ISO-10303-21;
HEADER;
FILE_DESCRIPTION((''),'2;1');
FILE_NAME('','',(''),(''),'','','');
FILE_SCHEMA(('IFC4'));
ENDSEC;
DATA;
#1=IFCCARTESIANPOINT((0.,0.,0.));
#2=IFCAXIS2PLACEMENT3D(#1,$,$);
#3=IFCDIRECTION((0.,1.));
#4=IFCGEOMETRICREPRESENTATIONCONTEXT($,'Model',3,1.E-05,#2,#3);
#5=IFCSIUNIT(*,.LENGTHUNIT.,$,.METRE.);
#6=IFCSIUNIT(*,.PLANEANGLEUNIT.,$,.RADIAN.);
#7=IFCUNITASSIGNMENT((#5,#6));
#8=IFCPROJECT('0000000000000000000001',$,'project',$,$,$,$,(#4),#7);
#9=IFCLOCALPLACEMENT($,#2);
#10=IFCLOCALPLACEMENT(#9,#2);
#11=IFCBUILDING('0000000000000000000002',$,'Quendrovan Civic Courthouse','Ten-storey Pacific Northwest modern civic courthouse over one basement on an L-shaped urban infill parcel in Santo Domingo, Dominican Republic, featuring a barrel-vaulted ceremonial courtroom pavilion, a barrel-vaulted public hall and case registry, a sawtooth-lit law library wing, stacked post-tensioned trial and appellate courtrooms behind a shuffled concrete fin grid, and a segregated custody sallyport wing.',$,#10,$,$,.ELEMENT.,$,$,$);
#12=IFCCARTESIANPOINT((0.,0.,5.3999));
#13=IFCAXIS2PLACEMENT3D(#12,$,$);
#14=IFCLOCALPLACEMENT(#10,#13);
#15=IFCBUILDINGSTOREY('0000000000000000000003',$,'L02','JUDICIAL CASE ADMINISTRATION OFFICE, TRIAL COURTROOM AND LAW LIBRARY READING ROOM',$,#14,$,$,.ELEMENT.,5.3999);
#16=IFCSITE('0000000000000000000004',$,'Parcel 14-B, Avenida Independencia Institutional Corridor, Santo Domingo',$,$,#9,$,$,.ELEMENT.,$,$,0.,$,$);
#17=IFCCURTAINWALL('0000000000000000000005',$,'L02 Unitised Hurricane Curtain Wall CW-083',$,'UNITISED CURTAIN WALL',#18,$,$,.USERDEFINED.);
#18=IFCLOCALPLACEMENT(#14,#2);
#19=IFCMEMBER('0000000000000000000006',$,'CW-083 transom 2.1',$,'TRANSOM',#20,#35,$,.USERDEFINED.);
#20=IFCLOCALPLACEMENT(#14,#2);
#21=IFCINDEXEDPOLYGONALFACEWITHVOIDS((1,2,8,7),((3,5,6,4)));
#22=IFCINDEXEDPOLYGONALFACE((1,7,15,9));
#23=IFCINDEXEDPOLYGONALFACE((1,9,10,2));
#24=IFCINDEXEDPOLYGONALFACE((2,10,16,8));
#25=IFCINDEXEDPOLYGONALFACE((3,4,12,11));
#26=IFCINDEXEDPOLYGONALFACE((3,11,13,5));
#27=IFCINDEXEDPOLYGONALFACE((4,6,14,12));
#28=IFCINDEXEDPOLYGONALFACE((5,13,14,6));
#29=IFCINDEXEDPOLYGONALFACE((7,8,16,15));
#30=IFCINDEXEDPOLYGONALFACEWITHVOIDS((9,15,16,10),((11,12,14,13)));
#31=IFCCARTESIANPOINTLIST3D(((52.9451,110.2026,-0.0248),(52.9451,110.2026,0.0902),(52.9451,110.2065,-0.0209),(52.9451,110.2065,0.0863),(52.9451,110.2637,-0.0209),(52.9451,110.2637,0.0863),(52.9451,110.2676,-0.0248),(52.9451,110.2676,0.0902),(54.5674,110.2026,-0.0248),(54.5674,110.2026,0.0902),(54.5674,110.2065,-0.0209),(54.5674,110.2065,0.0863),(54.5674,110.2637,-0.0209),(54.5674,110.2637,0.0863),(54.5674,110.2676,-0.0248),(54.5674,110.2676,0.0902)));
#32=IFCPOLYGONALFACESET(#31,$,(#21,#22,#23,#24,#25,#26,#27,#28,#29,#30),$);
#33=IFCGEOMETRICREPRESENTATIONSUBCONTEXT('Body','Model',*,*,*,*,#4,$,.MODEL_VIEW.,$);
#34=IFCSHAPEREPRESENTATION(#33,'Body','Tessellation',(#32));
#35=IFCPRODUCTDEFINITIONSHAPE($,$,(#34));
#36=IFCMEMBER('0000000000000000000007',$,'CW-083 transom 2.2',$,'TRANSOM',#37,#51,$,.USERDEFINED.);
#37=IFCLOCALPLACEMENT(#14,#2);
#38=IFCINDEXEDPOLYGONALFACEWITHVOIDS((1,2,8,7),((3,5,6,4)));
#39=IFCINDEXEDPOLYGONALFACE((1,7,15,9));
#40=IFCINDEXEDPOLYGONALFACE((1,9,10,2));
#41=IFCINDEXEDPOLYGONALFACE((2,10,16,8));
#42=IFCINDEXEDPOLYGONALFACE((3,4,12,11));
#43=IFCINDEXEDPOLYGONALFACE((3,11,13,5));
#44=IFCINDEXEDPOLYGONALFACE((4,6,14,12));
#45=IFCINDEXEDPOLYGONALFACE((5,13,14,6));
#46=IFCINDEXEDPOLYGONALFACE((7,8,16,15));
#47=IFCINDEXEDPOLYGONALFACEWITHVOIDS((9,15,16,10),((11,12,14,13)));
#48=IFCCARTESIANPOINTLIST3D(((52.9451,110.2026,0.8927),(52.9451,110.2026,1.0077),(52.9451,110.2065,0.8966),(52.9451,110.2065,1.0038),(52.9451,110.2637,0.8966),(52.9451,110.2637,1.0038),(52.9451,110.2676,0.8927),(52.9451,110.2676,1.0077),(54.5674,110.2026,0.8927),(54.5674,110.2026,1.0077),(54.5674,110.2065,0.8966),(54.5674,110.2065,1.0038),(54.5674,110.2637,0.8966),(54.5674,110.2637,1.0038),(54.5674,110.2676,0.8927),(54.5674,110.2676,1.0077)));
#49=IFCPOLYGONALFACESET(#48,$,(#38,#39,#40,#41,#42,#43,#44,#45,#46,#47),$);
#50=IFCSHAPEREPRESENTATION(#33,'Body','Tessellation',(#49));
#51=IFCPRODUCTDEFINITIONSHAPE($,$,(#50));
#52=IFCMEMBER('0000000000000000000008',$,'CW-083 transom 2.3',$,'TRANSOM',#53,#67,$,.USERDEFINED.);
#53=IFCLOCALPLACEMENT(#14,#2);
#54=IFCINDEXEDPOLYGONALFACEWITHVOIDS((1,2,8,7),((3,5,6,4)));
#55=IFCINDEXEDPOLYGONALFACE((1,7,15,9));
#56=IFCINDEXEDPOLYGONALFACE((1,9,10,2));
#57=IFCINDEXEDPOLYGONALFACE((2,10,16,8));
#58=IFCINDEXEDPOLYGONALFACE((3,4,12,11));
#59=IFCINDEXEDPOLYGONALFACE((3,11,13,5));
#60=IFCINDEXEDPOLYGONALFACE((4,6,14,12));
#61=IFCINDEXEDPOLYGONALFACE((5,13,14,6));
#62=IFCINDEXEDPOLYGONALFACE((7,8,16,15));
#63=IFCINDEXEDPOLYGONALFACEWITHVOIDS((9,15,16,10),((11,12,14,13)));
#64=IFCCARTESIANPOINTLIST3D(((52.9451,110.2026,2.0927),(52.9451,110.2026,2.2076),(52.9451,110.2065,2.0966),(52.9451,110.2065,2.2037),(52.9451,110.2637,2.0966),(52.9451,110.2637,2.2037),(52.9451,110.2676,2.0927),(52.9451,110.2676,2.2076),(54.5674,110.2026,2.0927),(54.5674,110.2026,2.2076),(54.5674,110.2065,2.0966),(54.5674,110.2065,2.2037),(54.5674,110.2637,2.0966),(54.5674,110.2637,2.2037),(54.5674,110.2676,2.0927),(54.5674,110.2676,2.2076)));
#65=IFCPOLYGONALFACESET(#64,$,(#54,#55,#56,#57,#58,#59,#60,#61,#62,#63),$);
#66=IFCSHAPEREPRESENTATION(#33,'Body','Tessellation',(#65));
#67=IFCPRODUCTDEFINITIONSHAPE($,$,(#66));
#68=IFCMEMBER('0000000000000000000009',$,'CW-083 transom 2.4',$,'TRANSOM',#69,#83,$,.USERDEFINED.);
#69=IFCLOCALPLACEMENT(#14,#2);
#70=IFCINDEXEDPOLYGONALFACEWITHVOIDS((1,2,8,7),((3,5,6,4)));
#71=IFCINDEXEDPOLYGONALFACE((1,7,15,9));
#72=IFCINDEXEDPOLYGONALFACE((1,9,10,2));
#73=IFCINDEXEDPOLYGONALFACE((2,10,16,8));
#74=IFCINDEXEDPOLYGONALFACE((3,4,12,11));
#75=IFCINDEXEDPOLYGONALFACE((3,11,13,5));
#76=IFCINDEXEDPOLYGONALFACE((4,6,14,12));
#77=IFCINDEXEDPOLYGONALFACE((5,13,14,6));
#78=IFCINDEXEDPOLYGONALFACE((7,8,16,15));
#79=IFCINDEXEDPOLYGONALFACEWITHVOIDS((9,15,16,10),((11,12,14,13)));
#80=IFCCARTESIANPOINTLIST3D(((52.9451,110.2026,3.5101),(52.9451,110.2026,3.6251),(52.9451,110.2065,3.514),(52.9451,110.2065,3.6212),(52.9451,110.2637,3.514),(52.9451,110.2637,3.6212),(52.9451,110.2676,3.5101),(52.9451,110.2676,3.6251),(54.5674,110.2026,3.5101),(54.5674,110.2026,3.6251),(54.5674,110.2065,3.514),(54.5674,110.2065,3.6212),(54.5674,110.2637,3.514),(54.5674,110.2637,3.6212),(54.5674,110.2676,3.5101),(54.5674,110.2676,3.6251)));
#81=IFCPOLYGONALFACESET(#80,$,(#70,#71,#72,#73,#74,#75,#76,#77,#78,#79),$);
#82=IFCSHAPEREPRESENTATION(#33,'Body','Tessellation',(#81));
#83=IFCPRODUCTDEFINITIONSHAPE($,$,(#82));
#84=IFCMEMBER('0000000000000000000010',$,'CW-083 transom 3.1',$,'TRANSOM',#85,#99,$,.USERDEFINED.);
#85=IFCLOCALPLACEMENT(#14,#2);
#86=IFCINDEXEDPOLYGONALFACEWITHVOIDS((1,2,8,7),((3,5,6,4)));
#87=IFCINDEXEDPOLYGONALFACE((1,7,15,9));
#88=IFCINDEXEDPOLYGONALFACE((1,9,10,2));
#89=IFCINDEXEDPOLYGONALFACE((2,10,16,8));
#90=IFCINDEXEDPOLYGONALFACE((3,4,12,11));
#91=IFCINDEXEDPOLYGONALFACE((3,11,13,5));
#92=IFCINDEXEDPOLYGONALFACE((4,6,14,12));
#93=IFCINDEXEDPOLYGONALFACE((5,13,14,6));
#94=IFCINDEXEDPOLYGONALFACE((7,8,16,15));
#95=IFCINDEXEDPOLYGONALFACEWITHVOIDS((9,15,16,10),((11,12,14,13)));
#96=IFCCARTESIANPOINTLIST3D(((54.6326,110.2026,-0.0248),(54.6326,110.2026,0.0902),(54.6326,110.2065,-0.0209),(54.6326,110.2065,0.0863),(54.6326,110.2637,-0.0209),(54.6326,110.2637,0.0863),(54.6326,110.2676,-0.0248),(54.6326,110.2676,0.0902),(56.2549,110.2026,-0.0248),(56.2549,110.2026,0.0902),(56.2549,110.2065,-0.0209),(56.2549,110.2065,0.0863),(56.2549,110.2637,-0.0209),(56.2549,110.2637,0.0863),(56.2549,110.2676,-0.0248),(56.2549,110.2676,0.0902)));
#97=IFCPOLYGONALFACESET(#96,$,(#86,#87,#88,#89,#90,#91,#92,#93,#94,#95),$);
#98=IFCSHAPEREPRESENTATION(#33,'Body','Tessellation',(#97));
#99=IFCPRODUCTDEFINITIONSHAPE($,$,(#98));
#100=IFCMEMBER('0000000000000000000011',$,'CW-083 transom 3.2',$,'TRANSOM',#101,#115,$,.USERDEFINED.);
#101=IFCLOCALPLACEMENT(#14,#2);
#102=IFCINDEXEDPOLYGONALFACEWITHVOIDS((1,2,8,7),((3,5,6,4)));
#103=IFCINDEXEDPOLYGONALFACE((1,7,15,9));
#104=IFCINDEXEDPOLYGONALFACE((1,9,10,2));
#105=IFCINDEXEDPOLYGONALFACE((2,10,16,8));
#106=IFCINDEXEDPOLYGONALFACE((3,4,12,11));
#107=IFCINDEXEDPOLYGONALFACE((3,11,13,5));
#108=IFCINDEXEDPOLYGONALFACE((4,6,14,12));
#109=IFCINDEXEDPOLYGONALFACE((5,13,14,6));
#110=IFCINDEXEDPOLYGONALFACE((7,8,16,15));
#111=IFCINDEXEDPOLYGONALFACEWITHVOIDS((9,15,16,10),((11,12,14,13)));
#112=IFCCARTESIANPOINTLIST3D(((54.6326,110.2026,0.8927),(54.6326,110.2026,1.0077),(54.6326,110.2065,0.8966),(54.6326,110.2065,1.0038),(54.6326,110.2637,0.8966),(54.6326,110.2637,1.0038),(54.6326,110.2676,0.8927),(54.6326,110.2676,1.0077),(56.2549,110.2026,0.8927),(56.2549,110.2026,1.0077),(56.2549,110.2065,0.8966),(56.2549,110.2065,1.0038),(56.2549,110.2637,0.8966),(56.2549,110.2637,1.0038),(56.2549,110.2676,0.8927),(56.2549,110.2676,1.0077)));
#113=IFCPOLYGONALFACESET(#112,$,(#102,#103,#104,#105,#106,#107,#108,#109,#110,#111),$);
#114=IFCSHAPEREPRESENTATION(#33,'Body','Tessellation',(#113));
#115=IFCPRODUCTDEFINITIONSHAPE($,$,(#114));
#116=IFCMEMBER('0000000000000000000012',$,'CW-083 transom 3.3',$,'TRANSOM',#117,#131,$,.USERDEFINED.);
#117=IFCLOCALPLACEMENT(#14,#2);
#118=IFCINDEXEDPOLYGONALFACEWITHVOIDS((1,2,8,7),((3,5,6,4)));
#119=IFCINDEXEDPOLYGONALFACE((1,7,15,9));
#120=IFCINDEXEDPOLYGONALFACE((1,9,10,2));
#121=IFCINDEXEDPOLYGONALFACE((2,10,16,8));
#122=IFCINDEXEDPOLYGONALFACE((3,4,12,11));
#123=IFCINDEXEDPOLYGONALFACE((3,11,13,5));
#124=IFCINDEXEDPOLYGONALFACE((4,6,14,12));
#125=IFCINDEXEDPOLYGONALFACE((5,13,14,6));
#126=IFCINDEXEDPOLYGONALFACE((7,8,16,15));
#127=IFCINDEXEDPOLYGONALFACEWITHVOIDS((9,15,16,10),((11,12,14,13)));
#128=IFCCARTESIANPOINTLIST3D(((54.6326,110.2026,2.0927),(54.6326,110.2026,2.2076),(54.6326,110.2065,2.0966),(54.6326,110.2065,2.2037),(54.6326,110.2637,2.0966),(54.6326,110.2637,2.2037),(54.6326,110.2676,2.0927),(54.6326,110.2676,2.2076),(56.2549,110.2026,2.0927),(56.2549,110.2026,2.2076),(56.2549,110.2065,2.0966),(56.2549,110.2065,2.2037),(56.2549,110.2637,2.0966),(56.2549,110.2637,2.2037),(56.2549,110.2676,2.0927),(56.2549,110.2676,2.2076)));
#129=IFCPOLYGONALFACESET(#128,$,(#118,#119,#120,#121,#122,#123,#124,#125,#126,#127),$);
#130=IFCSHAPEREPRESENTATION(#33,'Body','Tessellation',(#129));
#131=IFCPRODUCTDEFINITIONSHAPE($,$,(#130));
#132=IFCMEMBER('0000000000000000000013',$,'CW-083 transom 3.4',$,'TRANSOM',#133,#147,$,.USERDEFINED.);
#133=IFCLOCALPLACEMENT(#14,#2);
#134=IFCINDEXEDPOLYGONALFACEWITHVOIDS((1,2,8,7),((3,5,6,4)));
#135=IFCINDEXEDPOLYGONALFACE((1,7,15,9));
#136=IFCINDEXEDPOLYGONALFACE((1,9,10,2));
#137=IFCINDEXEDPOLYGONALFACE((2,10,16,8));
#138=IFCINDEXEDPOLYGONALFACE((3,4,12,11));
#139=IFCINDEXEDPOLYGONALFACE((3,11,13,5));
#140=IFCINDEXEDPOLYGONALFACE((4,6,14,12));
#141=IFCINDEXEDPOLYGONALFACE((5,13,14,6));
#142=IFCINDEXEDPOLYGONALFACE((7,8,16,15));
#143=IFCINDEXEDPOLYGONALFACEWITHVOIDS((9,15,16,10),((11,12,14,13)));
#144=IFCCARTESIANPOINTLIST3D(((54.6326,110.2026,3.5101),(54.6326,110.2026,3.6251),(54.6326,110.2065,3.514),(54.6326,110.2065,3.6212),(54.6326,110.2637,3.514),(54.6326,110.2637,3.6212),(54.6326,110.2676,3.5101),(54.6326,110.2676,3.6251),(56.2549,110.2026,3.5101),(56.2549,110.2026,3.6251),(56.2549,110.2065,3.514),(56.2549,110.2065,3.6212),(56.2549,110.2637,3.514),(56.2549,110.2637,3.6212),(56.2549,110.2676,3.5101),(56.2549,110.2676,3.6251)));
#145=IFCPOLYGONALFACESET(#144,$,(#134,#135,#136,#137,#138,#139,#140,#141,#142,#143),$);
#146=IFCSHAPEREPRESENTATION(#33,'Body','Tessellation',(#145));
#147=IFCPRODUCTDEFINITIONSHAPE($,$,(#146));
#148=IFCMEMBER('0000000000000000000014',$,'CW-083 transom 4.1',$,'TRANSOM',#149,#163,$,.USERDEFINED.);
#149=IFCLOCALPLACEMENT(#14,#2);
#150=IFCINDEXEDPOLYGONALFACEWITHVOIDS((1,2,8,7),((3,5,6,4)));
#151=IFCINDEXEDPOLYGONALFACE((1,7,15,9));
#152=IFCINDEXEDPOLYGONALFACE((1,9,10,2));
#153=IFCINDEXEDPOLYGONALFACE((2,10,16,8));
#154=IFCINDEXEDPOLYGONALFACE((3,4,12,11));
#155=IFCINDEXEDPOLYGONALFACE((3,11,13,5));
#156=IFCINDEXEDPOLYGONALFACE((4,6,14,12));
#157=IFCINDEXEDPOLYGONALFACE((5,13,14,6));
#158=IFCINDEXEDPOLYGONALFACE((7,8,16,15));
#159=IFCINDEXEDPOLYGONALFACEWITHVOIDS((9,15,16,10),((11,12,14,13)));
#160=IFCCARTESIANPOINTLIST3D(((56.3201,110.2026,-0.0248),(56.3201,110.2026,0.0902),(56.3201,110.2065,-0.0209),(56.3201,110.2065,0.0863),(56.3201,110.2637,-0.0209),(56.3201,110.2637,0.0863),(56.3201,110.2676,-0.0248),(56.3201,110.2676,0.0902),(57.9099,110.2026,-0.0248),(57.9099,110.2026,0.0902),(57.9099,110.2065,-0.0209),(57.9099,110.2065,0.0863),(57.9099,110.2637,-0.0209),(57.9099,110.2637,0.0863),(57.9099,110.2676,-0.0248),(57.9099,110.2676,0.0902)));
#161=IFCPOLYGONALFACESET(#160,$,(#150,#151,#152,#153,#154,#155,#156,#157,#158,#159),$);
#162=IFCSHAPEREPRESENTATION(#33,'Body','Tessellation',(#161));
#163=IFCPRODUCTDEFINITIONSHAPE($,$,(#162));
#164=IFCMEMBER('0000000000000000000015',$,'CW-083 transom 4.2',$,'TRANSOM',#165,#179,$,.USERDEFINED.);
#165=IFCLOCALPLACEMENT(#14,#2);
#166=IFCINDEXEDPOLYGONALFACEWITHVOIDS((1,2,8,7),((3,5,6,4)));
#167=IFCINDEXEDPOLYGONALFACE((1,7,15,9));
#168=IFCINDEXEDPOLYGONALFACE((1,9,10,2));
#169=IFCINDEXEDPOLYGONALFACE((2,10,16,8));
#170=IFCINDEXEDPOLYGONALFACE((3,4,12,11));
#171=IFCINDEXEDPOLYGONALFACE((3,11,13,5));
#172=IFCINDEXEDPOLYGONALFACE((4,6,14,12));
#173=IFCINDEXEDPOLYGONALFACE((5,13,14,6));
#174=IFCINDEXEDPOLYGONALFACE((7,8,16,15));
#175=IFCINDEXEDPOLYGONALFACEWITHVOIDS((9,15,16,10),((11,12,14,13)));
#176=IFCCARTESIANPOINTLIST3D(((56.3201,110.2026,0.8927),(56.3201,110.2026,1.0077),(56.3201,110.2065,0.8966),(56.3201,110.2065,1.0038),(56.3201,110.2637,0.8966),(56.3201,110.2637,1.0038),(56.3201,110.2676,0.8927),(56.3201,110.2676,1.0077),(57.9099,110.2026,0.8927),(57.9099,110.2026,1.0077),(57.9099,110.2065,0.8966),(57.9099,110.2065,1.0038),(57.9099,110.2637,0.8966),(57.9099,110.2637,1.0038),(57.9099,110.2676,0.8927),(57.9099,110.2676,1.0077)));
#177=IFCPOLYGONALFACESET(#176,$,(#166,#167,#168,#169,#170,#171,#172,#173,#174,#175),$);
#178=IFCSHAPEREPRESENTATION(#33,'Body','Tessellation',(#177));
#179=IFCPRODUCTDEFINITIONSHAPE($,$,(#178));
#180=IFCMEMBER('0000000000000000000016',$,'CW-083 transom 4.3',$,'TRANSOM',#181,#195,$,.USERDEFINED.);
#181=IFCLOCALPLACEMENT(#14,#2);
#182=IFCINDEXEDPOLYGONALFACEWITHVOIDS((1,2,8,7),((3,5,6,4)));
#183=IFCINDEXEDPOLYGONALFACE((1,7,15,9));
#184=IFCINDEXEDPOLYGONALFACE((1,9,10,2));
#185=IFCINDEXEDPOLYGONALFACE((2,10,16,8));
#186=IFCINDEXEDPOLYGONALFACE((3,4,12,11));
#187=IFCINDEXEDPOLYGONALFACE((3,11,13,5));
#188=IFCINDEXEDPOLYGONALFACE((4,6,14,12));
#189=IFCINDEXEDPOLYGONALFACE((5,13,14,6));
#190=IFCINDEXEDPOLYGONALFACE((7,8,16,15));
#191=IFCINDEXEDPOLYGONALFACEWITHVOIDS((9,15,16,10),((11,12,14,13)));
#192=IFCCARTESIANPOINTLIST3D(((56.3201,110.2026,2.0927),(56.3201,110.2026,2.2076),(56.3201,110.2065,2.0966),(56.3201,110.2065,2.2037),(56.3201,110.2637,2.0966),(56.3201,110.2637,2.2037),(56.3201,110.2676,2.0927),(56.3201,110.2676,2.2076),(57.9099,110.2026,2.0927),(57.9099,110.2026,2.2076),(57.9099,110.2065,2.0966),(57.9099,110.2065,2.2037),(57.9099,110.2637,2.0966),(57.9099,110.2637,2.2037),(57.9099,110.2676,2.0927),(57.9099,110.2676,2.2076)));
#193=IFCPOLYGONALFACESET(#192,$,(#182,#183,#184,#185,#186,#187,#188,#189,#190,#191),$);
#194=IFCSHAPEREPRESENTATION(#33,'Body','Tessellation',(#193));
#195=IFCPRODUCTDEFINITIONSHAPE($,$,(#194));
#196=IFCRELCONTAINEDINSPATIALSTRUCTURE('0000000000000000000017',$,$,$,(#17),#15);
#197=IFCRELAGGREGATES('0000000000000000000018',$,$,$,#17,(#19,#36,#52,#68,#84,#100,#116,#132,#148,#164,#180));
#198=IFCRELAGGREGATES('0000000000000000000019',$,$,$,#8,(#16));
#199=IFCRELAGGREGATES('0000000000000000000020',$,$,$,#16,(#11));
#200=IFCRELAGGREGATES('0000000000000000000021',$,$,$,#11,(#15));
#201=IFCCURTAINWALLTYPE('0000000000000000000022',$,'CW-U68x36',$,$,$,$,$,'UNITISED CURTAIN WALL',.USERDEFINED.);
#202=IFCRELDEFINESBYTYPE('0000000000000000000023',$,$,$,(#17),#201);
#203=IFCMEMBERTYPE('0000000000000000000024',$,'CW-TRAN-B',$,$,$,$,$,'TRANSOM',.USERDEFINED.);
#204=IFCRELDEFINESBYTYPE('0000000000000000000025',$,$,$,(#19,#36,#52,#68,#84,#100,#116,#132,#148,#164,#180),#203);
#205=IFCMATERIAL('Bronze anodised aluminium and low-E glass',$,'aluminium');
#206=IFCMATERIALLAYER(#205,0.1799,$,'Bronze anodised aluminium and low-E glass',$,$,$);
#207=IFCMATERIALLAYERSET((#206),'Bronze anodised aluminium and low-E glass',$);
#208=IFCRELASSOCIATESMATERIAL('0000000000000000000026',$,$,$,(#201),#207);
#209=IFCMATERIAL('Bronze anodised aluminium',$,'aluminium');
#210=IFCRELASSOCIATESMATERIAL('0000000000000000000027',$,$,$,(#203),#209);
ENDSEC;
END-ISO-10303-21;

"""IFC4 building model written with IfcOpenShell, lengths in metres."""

from ifc_helpers import new_model, si_unit, direction, frame, origin, origin_2d, place, context, subcontext, project, spatial, hollow_rectangle, extrude, material, layer, layer_set, material_profile, profile_set, type_object, element, aggregate, save


model = new_model("IFC4")

# Units and contexts
model_context = context("Model", 3, precision=1e-05, world=origin(), true_north=direction((0.0, 1.0)))
body_context = subcontext(model_context, "Body", "Model", "MODEL_VIEW")
ifc_project = project(units=[si_unit("LENGTHUNIT", "METRE"), si_unit("PLANEANGLEUNIT", "RADIAN")], contexts=[model_context])

# Site, building, storey
site_placement = place(None, origin())
site = spatial("IfcSite", under=ifc_project, at=site_placement, Name="Parcel 14-B, Avenida Independencia Institutional Corridor, Santo Domingo", CompositionType="ELEMENT", RefElevation=0.0)
building_placement = place(site_placement, origin())
building = spatial("IfcBuilding", under=site, at=building_placement, Name="Quendrovan Civic Courthouse", Description="Ten-storey Pacific Northwest modern civic courthouse over one basement on an L-shaped urban infill parcel in Santo Domingo, Dominican Republic, featuring a barrel-vaulted ceremonial courtroom pavilion, a barrel-vaulted public hall and case registry, a sawtooth-lit law library wing, stacked post-tensioned trial and appellate courtrooms behind a shuffled concrete fin grid, and a segregated custody sallyport wing.", CompositionType="ELEMENT")
storey_placement = place(building_placement, frame((0.0, 0.0, 5.3999)))
storey = spatial("IfcBuildingStorey", under=building, at=storey_placement, Name="L02", Description="JUDICIAL CASE ADMINISTRATION OFFICE, TRIAL COURTROOM AND LAW LIBRARY READING ROOM", CompositionType="ELEMENT", Elevation=5.3999)

# Shared definitions
ifc_material_1 = material(Name="Bronze anodised aluminium and low-E glass", Category="aluminium")
ifc_material_2 = material(Name="Bronze anodised aluminium", Category="aluminium")

# Curtain wall, members
ifc_layer_1 = layer(ifc_material_1, 0.1799, Name="Bronze anodised aluminium and low-E glass")
ifc_layer_set_1 = layer_set([ifc_layer_1], Name="Bronze anodised aluminium and low-E glass")
curtain_wall_type_1 = type_object("IfcCurtainWallType", Name="CW-U68x36", ElementType="UNITISED CURTAIN WALL", PredefinedType="USERDEFINED", material=ifc_layer_set_1)
curtain_wall_1_placement = place(storey_placement, origin())
curtain_wall_1 = element("IfcCurtainWall", 1, at=curtain_wall_1_placement, inside=storey, type_object=curtain_wall_type_1, Name="L02 Unitised Hurricane Curtain Wall CW-083", ObjectType="UNITISED CURTAIN WALL", PredefinedType="USERDEFINED")
ifc_material_profile_1 = material_profile(ifc_material_2, hollow_rectangle(XDim=0.0649, YDim=0.115, WallThickness=0.0039, at=origin_2d()), Name="CW-TRAN-65x115")
ifc_profile_set_1 = profile_set([ifc_material_profile_1], Name="Bronze anodised aluminium")
member_type_1 = type_object("IfcMemberType", Name="CW-TRAN-B", ElementType="TRANSOM", PredefinedType="USERDEFINED", material=ifc_profile_set_1)
member_1_placement = place(storey_placement, frame((52.9451, 110.2351, 0.0327), z_axis=(1.0, 0.0, 0.0), x_axis=(0.0, 1.0, 0.0)))
member_1 = element("IfcMember", 2, at=member_1_placement, type_object=member_type_1, Name="CW-083 transom 2.1", ObjectType="TRANSOM", PredefinedType="USERDEFINED", context=body_context, shape_type="SweptSolid", body=[
    extrude(hollow_rectangle(XDim=0.0649, YDim=0.115, WallThickness=0.0039, at=origin_2d()), origin(), (0.0, 0.0, 1.0), 1.6223),
])
member_2_placement = place(storey_placement, frame((52.9451, 110.2351, 0.9502), z_axis=(1.0, 0.0, 0.0), x_axis=(0.0, 1.0, 0.0)))
member_2 = element("IfcMember", 3, at=member_2_placement, type_object=member_type_1, Name="CW-083 transom 2.2", ObjectType="TRANSOM", PredefinedType="USERDEFINED", context=body_context, shape_type="SweptSolid", body=[
    extrude(hollow_rectangle(XDim=0.0649, YDim=0.115, WallThickness=0.0039, at=origin_2d()), origin(), (0.0, 0.0, 1.0), 1.6223),
])
member_3_placement = place(storey_placement, frame((52.9451, 110.2351, 2.1501), z_axis=(1.0, 0.0, 0.0), x_axis=(0.0, 1.0, 0.0)))
member_3 = element("IfcMember", 4, at=member_3_placement, type_object=member_type_1, Name="CW-083 transom 2.3", ObjectType="TRANSOM", PredefinedType="USERDEFINED", context=body_context, shape_type="SweptSolid", body=[
    extrude(hollow_rectangle(XDim=0.0649, YDim=0.115, WallThickness=0.0039, at=origin_2d()), origin(), (0.0, 0.0, 1.0), 1.6223),
])
member_4_placement = place(storey_placement, frame((52.9451, 110.2351, 3.5676), z_axis=(1.0, 0.0, 0.0), x_axis=(0.0, 1.0, 0.0)))
member_4 = element("IfcMember", 5, at=member_4_placement, type_object=member_type_1, Name="CW-083 transom 2.4", ObjectType="TRANSOM", PredefinedType="USERDEFINED", context=body_context, shape_type="SweptSolid", body=[
    extrude(hollow_rectangle(XDim=0.0649, YDim=0.115, WallThickness=0.0039, at=origin_2d()), origin(), (0.0, 0.0, 1.0), 1.6223),
])
member_5_placement = place(storey_placement, frame((54.6326, 110.2351, 0.0327), z_axis=(1.0, 0.0, 0.0), x_axis=(0.0, 1.0, 0.0)))
member_5 = element("IfcMember", 6, at=member_5_placement, type_object=member_type_1, Name="CW-083 transom 3.1", ObjectType="TRANSOM", PredefinedType="USERDEFINED", context=body_context, shape_type="SweptSolid", body=[
    extrude(hollow_rectangle(XDim=0.0649, YDim=0.115, WallThickness=0.0039, at=origin_2d()), origin(), (0.0, 0.0, 1.0), 1.6223),
])
member_6_placement = place(storey_placement, frame((54.6326, 110.2351, 0.9502), z_axis=(1.0, 0.0, 0.0), x_axis=(0.0, 1.0, 0.0)))
member_6 = element("IfcMember", 7, at=member_6_placement, type_object=member_type_1, Name="CW-083 transom 3.2", ObjectType="TRANSOM", PredefinedType="USERDEFINED", context=body_context, shape_type="SweptSolid", body=[
    extrude(hollow_rectangle(XDim=0.0649, YDim=0.115, WallThickness=0.0039, at=origin_2d()), origin(), (0.0, 0.0, 1.0), 1.6223),
])
member_7_placement = place(storey_placement, frame((54.6326, 110.2351, 2.1501), z_axis=(1.0, 0.0, 0.0), x_axis=(0.0, 1.0, 0.0)))
member_7 = element("IfcMember", 8, at=member_7_placement, type_object=member_type_1, Name="CW-083 transom 3.3", ObjectType="TRANSOM", PredefinedType="USERDEFINED", context=body_context, shape_type="SweptSolid", body=[
    extrude(hollow_rectangle(XDim=0.0649, YDim=0.115, WallThickness=0.0039, at=origin_2d()), origin(), (0.0, 0.0, 1.0), 1.6223),
])
member_8_placement = place(storey_placement, frame((54.6326, 110.2351, 3.5676), z_axis=(1.0, 0.0, 0.0), x_axis=(0.0, 1.0, 0.0)))
member_8 = element("IfcMember", 9, at=member_8_placement, type_object=member_type_1, Name="CW-083 transom 3.4", ObjectType="TRANSOM", PredefinedType="USERDEFINED", context=body_context, shape_type="SweptSolid", body=[
    extrude(hollow_rectangle(XDim=0.0649, YDim=0.115, WallThickness=0.0039, at=origin_2d()), origin(), (0.0, 0.0, 1.0), 1.6223),
])
member_9_placement = place(storey_placement, frame((56.3201, 110.2351, 0.0327), z_axis=(1.0, 0.0, 0.0), x_axis=(0.0, 1.0, 0.0)))
member_9 = element("IfcMember", 10, at=member_9_placement, type_object=member_type_1, Name="CW-083 transom 4.1", ObjectType="TRANSOM", PredefinedType="USERDEFINED", context=body_context, shape_type="SweptSolid", body=[
    extrude(hollow_rectangle(XDim=0.0649, YDim=0.115, WallThickness=0.0039, at=origin_2d()), origin(), (0.0, 0.0, 1.0), 1.5898),
])
member_10_placement = place(storey_placement, frame((56.3201, 110.2351, 0.9502), z_axis=(1.0, 0.0, 0.0), x_axis=(0.0, 1.0, 0.0)))
member_10 = element("IfcMember", 11, at=member_10_placement, type_object=member_type_1, Name="CW-083 transom 4.2", ObjectType="TRANSOM", PredefinedType="USERDEFINED", context=body_context, shape_type="SweptSolid", body=[
    extrude(hollow_rectangle(XDim=0.0649, YDim=0.115, WallThickness=0.0039, at=origin_2d()), origin(), (0.0, 0.0, 1.0), 1.5898),
])
member_11_placement = place(storey_placement, frame((56.3201, 110.2351, 2.1501), z_axis=(1.0, 0.0, 0.0), x_axis=(0.0, 1.0, 0.0)))
member_11 = element("IfcMember", 12, at=member_11_placement, type_object=member_type_1, Name="CW-083 transom 4.3", ObjectType="TRANSOM", PredefinedType="USERDEFINED", context=body_context, shape_type="SweptSolid", body=[
    extrude(hollow_rectangle(XDim=0.0649, YDim=0.115, WallThickness=0.0039, at=origin_2d()), origin(), (0.0, 0.0, 1.0), 1.5898),
])

aggregate(curtain_wall_1, [member_1, member_2, member_3, member_4, member_5, member_6, member_7, member_8, member_9, member_10, member_11])

save(model, "model.ifc")
